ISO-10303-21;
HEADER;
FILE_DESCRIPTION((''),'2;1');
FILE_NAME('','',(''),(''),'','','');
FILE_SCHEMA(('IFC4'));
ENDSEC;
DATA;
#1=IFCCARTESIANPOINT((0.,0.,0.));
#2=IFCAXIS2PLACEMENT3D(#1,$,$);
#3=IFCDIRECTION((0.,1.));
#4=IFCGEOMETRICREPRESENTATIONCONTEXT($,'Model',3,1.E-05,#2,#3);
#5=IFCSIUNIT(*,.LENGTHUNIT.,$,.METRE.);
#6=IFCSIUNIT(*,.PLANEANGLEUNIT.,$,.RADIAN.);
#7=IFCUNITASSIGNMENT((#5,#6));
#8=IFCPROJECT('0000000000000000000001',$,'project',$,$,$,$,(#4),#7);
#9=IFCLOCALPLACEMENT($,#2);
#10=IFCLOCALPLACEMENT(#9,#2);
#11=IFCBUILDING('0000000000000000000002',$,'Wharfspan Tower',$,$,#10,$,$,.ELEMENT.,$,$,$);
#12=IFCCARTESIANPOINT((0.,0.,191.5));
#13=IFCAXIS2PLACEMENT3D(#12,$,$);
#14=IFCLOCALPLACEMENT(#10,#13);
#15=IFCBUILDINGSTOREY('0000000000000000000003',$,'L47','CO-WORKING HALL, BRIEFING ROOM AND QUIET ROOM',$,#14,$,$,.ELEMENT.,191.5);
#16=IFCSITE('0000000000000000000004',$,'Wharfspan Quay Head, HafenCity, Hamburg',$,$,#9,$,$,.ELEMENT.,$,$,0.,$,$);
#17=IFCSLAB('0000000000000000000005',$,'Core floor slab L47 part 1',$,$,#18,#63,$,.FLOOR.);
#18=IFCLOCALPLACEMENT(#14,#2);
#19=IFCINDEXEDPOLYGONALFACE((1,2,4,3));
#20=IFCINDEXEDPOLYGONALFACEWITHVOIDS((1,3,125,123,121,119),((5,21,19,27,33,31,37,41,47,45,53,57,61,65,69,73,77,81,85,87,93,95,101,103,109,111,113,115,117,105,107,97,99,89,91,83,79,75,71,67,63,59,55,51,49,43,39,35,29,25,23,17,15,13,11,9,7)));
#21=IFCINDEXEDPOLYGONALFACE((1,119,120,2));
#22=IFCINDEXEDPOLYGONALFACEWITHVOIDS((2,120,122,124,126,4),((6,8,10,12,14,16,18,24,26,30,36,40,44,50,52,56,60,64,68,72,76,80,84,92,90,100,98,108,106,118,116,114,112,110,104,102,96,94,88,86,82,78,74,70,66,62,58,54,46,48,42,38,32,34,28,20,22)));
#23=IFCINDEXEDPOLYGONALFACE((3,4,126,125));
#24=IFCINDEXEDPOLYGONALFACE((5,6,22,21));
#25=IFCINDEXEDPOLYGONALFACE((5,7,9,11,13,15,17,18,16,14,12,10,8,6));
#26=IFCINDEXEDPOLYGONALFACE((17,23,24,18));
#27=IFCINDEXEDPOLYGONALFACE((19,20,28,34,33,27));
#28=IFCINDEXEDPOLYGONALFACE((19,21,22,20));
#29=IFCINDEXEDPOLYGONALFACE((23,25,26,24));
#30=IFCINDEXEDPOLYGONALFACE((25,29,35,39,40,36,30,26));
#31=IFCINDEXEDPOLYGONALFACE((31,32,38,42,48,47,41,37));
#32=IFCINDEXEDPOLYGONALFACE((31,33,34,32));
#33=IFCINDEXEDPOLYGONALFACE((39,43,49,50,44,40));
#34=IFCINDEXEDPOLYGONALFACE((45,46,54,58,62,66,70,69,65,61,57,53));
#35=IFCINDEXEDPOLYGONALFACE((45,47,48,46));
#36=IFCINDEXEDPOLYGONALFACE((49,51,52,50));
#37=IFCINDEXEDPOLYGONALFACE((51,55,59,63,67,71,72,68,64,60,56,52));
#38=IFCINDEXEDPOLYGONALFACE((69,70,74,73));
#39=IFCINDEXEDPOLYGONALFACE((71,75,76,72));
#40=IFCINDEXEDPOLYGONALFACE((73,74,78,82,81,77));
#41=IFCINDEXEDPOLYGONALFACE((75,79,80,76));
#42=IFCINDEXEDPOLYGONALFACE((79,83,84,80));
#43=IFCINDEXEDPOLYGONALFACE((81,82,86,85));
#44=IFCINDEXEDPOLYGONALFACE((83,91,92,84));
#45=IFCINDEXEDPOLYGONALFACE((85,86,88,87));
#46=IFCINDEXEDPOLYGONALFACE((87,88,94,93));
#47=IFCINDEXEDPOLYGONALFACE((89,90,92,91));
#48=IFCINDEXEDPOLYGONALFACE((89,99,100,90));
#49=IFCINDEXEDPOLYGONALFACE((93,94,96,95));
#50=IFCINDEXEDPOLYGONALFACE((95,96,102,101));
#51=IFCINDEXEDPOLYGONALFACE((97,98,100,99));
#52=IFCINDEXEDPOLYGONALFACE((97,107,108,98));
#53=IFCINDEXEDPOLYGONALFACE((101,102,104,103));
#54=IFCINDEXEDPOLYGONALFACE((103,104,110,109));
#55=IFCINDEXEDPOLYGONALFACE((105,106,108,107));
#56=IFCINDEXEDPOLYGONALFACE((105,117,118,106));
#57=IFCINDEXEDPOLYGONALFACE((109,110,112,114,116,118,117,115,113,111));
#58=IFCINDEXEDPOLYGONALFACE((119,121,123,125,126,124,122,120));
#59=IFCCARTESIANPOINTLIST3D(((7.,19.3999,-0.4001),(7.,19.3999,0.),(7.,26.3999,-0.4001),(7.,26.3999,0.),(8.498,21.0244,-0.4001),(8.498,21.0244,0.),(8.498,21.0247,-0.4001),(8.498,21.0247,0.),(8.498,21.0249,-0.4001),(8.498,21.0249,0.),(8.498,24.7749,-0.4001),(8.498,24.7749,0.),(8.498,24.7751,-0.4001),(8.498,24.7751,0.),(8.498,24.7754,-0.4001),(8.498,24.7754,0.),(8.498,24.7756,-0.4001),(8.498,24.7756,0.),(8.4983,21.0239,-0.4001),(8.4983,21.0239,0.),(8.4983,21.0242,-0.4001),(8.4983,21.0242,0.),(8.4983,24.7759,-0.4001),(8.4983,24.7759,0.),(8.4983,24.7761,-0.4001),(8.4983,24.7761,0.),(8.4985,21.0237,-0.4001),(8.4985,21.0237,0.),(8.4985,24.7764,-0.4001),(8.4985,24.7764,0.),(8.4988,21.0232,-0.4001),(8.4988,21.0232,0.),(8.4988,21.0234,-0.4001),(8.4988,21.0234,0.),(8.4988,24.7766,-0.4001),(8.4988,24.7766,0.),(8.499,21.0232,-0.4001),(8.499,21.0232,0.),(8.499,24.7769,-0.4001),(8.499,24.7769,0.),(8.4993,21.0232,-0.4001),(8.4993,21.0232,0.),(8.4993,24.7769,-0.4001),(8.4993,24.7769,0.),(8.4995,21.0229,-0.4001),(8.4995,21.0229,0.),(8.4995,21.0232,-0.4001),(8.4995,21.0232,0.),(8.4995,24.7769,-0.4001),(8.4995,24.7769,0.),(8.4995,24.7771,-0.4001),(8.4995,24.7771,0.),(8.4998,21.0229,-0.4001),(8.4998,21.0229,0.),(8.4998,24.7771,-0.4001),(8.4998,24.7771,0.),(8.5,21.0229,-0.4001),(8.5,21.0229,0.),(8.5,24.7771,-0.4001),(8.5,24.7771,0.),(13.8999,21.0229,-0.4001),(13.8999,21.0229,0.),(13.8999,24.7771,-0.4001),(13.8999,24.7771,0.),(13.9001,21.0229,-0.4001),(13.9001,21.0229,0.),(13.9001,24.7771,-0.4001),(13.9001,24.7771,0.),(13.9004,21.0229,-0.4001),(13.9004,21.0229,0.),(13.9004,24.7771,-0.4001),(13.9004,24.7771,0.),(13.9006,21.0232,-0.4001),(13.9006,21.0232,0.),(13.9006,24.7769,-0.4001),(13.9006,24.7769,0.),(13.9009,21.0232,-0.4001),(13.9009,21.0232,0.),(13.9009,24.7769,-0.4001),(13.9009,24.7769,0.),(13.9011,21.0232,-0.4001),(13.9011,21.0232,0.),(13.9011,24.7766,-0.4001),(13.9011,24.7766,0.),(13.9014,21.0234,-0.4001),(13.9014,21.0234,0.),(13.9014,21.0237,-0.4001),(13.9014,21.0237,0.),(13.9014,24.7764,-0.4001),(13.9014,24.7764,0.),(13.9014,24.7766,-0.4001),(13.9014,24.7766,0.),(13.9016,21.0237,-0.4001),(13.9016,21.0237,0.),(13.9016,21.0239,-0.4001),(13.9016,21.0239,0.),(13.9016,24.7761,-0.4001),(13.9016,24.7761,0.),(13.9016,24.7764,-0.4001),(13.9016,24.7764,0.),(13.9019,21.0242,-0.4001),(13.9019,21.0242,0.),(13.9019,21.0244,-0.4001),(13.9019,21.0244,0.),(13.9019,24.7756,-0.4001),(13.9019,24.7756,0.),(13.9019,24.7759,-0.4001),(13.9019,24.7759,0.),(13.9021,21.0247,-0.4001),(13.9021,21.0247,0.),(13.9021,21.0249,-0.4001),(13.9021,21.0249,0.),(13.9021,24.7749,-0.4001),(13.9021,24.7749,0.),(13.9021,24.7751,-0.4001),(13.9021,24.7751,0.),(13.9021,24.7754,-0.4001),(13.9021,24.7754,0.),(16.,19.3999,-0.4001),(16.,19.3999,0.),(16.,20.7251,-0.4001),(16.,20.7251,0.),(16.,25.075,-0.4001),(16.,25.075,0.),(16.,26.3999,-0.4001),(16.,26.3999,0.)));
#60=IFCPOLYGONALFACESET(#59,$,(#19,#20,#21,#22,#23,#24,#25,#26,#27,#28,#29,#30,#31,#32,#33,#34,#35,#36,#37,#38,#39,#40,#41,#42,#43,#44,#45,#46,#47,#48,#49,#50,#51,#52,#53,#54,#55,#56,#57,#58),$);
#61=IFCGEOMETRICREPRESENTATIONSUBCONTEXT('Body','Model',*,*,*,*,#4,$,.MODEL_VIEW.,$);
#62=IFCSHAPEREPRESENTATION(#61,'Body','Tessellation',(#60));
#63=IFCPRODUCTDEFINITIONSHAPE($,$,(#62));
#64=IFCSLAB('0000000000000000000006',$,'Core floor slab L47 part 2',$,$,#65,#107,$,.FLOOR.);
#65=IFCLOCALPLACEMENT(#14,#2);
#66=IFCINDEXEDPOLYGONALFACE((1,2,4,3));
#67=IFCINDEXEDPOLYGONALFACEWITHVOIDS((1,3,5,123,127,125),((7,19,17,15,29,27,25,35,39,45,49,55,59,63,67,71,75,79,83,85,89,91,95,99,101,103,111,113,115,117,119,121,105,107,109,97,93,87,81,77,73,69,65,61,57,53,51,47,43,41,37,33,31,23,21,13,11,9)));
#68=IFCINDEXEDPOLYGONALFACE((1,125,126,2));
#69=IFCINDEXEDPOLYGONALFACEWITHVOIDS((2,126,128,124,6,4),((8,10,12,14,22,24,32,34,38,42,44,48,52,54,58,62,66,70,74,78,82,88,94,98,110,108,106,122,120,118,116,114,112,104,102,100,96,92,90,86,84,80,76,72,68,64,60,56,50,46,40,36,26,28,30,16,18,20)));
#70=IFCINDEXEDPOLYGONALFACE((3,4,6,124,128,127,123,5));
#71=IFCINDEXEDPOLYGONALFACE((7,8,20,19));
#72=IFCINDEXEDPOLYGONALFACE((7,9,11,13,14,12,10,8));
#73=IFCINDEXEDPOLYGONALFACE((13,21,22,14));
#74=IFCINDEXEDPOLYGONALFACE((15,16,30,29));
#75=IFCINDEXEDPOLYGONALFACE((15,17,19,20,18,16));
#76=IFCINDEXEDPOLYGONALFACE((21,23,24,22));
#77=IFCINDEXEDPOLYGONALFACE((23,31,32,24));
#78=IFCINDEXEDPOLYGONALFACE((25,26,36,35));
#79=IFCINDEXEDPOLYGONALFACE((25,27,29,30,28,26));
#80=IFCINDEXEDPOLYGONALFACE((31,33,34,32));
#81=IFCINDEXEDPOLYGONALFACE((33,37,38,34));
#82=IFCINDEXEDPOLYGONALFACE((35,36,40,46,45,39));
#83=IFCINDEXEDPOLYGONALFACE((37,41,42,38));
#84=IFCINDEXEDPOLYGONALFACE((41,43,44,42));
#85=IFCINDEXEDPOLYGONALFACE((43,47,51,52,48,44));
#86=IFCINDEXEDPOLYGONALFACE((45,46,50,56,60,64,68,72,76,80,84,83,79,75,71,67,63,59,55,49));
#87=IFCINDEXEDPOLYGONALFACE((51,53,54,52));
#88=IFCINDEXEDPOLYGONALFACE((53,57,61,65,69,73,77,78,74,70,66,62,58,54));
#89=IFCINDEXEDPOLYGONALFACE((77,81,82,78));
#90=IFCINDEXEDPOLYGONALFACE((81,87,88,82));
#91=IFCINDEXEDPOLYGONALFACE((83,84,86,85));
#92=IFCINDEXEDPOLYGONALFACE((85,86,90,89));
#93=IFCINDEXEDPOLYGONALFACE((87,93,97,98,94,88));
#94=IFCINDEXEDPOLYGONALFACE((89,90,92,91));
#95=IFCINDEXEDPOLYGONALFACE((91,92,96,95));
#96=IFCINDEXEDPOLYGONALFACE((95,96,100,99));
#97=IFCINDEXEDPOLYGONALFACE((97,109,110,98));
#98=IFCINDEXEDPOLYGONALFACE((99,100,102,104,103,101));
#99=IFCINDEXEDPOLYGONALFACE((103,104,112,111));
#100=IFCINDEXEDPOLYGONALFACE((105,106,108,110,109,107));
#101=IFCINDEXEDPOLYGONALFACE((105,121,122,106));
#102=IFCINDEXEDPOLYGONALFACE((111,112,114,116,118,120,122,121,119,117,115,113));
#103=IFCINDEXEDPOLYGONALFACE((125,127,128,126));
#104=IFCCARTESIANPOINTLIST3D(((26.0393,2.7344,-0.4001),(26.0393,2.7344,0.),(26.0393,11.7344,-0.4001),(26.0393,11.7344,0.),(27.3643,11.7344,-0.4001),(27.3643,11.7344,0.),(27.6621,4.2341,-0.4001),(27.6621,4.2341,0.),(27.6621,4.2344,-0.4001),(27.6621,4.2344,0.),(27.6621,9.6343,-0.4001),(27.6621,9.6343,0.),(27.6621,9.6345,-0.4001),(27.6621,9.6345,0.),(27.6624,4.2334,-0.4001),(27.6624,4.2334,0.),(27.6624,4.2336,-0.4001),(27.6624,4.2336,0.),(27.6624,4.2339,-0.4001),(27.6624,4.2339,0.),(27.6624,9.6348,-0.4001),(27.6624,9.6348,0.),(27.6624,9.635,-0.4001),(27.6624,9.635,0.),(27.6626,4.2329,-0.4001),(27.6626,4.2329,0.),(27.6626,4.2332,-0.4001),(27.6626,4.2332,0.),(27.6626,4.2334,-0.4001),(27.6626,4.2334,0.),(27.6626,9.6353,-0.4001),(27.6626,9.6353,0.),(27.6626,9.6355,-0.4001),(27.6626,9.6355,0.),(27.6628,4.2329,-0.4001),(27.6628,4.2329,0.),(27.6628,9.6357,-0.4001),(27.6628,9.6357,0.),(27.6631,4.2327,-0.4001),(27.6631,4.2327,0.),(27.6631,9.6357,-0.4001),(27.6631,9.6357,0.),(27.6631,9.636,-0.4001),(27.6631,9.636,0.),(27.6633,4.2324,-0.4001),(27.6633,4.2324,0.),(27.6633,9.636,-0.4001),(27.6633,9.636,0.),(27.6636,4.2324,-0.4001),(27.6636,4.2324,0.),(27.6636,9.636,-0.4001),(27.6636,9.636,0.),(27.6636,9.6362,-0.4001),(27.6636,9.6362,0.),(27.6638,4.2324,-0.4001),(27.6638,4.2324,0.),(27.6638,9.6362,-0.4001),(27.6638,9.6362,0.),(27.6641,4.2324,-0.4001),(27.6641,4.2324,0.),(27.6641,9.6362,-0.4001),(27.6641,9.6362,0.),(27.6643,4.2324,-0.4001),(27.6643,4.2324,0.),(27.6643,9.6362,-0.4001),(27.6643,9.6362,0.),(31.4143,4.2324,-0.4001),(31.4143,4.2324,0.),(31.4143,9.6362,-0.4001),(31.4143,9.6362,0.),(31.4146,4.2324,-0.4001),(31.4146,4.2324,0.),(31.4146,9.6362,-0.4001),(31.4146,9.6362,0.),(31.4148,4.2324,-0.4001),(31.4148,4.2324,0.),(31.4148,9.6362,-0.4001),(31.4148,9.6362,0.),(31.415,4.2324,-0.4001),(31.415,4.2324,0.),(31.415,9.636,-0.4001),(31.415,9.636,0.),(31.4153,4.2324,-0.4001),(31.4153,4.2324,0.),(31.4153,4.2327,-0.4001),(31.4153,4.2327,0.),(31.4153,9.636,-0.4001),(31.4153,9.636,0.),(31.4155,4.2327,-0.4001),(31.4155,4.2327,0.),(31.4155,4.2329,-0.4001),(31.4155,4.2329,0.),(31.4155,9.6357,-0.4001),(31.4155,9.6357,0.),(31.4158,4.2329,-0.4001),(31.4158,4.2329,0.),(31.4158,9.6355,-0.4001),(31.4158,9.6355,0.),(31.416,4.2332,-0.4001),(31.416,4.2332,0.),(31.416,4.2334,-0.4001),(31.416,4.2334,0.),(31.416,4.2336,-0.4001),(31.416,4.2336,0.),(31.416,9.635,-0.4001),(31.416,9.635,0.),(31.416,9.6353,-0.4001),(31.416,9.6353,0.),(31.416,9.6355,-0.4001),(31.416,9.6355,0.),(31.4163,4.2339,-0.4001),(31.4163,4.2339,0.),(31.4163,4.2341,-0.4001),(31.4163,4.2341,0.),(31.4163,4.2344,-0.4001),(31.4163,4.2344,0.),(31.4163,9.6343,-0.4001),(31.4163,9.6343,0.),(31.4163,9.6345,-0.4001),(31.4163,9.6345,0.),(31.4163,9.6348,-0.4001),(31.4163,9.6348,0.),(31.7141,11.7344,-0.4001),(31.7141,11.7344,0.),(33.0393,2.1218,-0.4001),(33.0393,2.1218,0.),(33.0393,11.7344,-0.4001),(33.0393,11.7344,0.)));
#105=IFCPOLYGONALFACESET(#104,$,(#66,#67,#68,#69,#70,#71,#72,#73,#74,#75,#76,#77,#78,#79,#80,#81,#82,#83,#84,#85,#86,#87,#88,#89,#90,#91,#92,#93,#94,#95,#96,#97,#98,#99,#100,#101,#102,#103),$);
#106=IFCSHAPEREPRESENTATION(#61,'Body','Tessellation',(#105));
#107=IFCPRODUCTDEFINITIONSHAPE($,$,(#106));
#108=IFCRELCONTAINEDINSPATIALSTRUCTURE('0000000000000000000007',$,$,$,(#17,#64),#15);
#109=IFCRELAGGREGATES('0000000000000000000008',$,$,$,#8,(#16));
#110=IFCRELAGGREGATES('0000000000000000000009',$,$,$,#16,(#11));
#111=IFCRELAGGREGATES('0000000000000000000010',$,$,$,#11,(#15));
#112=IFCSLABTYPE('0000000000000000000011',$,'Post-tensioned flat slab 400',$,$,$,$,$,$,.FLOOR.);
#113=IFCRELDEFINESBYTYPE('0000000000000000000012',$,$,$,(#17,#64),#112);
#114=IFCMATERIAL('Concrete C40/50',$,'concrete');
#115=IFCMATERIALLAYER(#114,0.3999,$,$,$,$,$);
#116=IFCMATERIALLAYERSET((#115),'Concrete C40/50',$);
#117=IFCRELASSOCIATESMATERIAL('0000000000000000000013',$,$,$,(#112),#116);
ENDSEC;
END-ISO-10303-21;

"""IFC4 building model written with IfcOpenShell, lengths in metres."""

from ifc_helpers import new_model, si_unit, direction, frame, origin, place, context, subcontext, project, spatial, polyline, outline, extrude, material, layer, layer_set, type_object, element, save


model = new_model("IFC4")

# Units and contexts
model_context = context("Model", 3, precision=1e-05, world=origin(), true_north=direction((0.0, 1.0)))
body_context = subcontext(model_context, "Body", "Model", "MODEL_VIEW")
ifc_project = project(units=[si_unit("LENGTHUNIT", "METRE"), si_unit("PLANEANGLEUNIT", "RADIAN")], contexts=[model_context])

# Site, building, storey
site_placement = place(None, origin())
site = spatial("IfcSite", under=ifc_project, at=site_placement, Name="Wharfspan Quay Head, HafenCity, Hamburg", CompositionType="ELEMENT", RefElevation=0.0)
building_placement = place(site_placement, origin())
building = spatial("IfcBuilding", under=site, at=building_placement, Name="Wharfspan Tower", CompositionType="ELEMENT")
storey_placement = place(building_placement, frame((0.0, 0.0, 191.5)))
storey = spatial("IfcBuildingStorey", under=building, at=storey_placement, Name="L47", Description="CO-WORKING HALL, BRIEFING ROOM AND QUIET ROOM", CompositionType="ELEMENT", Elevation=191.5)

# Slabs
ifc_material_1 = material(Name="Concrete C40/50", Category="concrete")
ifc_layer_1 = layer(ifc_material_1, 0.3999)
ifc_layer_set_1 = layer_set([ifc_layer_1], Name="Concrete C40/50")
slab_type_1 = type_object("IfcSlabType", Name="Post-tensioned flat slab 400", PredefinedType="FLOOR", material=ifc_layer_set_1)
slab_1_placement = place(storey_placement, frame((0.0, 0.0, -0.4001)))
element("IfcSlab", 1, at=slab_1_placement, inside=storey, type_object=slab_type_1, Name="Core floor slab L47 part 1", PredefinedType="FLOOR", context=body_context, shape_type="SweptSolid", body=[
    extrude(outline(polyline([(16.0, 20.7251), (16.0, 25.075), (16.0, 26.3999), (7.0, 26.3999), (7.0, 19.3999), (16.0, 19.3999), (16.0, 20.7251)]), holes=[polyline([(13.8999, 24.7771), (13.9001, 24.7771), (13.9004, 24.7771), (13.9006, 24.7769), (13.9009, 24.7769), (13.9009, 24.7769), (13.9011, 24.7766), (13.9014, 24.7766), (13.9014, 24.7764), (13.9016, 24.7764), (13.9016, 24.7761), (13.9019, 24.7759), (13.9019, 24.7759), (13.9019, 24.7756), (13.9021, 24.7754), (13.9021, 24.7751), (13.9021, 24.7749), (13.9021, 21.0249), (13.9021, 21.0249), (13.9021, 21.0247), (13.9019, 21.0244), (13.9019, 21.0242), (13.9019, 21.0242), (13.9016, 21.0239), (13.9016, 21.0237), (13.9014, 21.0237), (13.9014, 21.0234), (13.9011, 21.0232), (13.9009, 21.0232), (13.9009, 21.0232), (13.9006, 21.0232), (13.9004, 21.0229), (13.9001, 21.0229), (13.8999, 21.0229), (8.5, 21.0229), (8.4998, 21.0229), (8.4995, 21.0229), (8.4995, 21.0232), (8.4993, 21.0232), (8.499, 21.0232), (8.4988, 21.0232), (8.4988, 21.0234), (8.4985, 21.0237), (8.4985, 21.0237), (8.4983, 21.0239), (8.4983, 21.0242), (8.4983, 21.0242), (8.498, 21.0244), (8.498, 21.0247), (8.498, 21.0249), (8.498, 21.0249), (8.498, 24.7749), (8.498, 24.7751), (8.498, 24.7754), (8.498, 24.7756), (8.4983, 24.7759), (8.4983, 24.7759), (8.4983, 24.7761), (8.4985, 24.7764), (8.4985, 24.7764), (8.4988, 24.7766), (8.4988, 24.7766), (8.499, 24.7769), (8.4993, 24.7769), (8.4995, 24.7769), (8.4995, 24.7771), (8.4998, 24.7771), (8.5, 24.7771), (13.8999, 24.7771)])]), origin(), (0.0, 0.0, 1.0), 0.4001),
])
slab_2_placement = place(storey_placement, frame((0.0, 0.0, -0.4001)))
element("IfcSlab", 2, at=slab_2_placement, inside=storey, type_object=slab_type_1, Name="Core floor slab L47 part 2", PredefinedType="FLOOR", context=body_context, shape_type="SweptSolid", body=[
    extrude(outline(polyline([(31.7141, 11.7344), (27.3643, 11.7344), (26.0393, 11.7344), (26.0393, 2.7344), (33.0393, 2.1218), (33.0393, 11.7344), (31.7141, 11.7344)]), holes=[polyline([(27.6621, 9.6343), (27.6621, 9.6345), (27.6624, 9.6348), (27.6624, 9.635), (27.6624, 9.635), (27.6626, 9.6353), (27.6626, 9.6355), (27.6626, 9.6355), (27.6628, 9.6357), (27.6631, 9.6357), (27.6631, 9.636), (27.6633, 9.636), (27.6636, 9.636), (27.6636, 9.6362), (27.6638, 9.6362), (27.6641, 9.6362), (27.6643, 9.6362), (31.4143, 9.6362), (31.4143, 9.6362), (31.4146, 9.6362), (31.4148, 9.6362), (31.415, 9.636), (31.4153, 9.636), (31.4153, 9.636), (31.4155, 9.6357), (31.4155, 9.6357), (31.4158, 9.6355), (31.416, 9.6355), (31.416, 9.6353), (31.416, 9.635), (31.416, 9.635), (31.4163, 9.6348), (31.4163, 9.6345), (31.4163, 9.6343), (31.4163, 4.2344), (31.4163, 4.2341), (31.4163, 4.2339), (31.416, 4.2336), (31.416, 4.2334), (31.416, 4.2334), (31.416, 4.2332), (31.4158, 4.2329), (31.4155, 4.2329), (31.4155, 4.2327), (31.4153, 4.2327), (31.4153, 4.2324), (31.415, 4.2324), (31.4148, 4.2324), (31.4146, 4.2324), (31.4143, 4.2324), (31.4143, 4.2324), (27.6643, 4.2324), (27.6641, 4.2324), (27.6638, 4.2324), (27.6636, 4.2324), (27.6636, 4.2324), (27.6633, 4.2324), (27.6631, 4.2327), (27.6631, 4.2327), (27.6628, 4.2329), (27.6626, 4.2329), (27.6626, 4.2332), (27.6626, 4.2334), (27.6624, 4.2334), (27.6624, 4.2336), (27.6624, 4.2339), (27.6621, 4.2341), (27.6621, 4.2344), (27.6621, 9.6343)])]), origin(), (0.0, 0.0, 1.0), 0.4001),
])

save(model, "model.ifc")
